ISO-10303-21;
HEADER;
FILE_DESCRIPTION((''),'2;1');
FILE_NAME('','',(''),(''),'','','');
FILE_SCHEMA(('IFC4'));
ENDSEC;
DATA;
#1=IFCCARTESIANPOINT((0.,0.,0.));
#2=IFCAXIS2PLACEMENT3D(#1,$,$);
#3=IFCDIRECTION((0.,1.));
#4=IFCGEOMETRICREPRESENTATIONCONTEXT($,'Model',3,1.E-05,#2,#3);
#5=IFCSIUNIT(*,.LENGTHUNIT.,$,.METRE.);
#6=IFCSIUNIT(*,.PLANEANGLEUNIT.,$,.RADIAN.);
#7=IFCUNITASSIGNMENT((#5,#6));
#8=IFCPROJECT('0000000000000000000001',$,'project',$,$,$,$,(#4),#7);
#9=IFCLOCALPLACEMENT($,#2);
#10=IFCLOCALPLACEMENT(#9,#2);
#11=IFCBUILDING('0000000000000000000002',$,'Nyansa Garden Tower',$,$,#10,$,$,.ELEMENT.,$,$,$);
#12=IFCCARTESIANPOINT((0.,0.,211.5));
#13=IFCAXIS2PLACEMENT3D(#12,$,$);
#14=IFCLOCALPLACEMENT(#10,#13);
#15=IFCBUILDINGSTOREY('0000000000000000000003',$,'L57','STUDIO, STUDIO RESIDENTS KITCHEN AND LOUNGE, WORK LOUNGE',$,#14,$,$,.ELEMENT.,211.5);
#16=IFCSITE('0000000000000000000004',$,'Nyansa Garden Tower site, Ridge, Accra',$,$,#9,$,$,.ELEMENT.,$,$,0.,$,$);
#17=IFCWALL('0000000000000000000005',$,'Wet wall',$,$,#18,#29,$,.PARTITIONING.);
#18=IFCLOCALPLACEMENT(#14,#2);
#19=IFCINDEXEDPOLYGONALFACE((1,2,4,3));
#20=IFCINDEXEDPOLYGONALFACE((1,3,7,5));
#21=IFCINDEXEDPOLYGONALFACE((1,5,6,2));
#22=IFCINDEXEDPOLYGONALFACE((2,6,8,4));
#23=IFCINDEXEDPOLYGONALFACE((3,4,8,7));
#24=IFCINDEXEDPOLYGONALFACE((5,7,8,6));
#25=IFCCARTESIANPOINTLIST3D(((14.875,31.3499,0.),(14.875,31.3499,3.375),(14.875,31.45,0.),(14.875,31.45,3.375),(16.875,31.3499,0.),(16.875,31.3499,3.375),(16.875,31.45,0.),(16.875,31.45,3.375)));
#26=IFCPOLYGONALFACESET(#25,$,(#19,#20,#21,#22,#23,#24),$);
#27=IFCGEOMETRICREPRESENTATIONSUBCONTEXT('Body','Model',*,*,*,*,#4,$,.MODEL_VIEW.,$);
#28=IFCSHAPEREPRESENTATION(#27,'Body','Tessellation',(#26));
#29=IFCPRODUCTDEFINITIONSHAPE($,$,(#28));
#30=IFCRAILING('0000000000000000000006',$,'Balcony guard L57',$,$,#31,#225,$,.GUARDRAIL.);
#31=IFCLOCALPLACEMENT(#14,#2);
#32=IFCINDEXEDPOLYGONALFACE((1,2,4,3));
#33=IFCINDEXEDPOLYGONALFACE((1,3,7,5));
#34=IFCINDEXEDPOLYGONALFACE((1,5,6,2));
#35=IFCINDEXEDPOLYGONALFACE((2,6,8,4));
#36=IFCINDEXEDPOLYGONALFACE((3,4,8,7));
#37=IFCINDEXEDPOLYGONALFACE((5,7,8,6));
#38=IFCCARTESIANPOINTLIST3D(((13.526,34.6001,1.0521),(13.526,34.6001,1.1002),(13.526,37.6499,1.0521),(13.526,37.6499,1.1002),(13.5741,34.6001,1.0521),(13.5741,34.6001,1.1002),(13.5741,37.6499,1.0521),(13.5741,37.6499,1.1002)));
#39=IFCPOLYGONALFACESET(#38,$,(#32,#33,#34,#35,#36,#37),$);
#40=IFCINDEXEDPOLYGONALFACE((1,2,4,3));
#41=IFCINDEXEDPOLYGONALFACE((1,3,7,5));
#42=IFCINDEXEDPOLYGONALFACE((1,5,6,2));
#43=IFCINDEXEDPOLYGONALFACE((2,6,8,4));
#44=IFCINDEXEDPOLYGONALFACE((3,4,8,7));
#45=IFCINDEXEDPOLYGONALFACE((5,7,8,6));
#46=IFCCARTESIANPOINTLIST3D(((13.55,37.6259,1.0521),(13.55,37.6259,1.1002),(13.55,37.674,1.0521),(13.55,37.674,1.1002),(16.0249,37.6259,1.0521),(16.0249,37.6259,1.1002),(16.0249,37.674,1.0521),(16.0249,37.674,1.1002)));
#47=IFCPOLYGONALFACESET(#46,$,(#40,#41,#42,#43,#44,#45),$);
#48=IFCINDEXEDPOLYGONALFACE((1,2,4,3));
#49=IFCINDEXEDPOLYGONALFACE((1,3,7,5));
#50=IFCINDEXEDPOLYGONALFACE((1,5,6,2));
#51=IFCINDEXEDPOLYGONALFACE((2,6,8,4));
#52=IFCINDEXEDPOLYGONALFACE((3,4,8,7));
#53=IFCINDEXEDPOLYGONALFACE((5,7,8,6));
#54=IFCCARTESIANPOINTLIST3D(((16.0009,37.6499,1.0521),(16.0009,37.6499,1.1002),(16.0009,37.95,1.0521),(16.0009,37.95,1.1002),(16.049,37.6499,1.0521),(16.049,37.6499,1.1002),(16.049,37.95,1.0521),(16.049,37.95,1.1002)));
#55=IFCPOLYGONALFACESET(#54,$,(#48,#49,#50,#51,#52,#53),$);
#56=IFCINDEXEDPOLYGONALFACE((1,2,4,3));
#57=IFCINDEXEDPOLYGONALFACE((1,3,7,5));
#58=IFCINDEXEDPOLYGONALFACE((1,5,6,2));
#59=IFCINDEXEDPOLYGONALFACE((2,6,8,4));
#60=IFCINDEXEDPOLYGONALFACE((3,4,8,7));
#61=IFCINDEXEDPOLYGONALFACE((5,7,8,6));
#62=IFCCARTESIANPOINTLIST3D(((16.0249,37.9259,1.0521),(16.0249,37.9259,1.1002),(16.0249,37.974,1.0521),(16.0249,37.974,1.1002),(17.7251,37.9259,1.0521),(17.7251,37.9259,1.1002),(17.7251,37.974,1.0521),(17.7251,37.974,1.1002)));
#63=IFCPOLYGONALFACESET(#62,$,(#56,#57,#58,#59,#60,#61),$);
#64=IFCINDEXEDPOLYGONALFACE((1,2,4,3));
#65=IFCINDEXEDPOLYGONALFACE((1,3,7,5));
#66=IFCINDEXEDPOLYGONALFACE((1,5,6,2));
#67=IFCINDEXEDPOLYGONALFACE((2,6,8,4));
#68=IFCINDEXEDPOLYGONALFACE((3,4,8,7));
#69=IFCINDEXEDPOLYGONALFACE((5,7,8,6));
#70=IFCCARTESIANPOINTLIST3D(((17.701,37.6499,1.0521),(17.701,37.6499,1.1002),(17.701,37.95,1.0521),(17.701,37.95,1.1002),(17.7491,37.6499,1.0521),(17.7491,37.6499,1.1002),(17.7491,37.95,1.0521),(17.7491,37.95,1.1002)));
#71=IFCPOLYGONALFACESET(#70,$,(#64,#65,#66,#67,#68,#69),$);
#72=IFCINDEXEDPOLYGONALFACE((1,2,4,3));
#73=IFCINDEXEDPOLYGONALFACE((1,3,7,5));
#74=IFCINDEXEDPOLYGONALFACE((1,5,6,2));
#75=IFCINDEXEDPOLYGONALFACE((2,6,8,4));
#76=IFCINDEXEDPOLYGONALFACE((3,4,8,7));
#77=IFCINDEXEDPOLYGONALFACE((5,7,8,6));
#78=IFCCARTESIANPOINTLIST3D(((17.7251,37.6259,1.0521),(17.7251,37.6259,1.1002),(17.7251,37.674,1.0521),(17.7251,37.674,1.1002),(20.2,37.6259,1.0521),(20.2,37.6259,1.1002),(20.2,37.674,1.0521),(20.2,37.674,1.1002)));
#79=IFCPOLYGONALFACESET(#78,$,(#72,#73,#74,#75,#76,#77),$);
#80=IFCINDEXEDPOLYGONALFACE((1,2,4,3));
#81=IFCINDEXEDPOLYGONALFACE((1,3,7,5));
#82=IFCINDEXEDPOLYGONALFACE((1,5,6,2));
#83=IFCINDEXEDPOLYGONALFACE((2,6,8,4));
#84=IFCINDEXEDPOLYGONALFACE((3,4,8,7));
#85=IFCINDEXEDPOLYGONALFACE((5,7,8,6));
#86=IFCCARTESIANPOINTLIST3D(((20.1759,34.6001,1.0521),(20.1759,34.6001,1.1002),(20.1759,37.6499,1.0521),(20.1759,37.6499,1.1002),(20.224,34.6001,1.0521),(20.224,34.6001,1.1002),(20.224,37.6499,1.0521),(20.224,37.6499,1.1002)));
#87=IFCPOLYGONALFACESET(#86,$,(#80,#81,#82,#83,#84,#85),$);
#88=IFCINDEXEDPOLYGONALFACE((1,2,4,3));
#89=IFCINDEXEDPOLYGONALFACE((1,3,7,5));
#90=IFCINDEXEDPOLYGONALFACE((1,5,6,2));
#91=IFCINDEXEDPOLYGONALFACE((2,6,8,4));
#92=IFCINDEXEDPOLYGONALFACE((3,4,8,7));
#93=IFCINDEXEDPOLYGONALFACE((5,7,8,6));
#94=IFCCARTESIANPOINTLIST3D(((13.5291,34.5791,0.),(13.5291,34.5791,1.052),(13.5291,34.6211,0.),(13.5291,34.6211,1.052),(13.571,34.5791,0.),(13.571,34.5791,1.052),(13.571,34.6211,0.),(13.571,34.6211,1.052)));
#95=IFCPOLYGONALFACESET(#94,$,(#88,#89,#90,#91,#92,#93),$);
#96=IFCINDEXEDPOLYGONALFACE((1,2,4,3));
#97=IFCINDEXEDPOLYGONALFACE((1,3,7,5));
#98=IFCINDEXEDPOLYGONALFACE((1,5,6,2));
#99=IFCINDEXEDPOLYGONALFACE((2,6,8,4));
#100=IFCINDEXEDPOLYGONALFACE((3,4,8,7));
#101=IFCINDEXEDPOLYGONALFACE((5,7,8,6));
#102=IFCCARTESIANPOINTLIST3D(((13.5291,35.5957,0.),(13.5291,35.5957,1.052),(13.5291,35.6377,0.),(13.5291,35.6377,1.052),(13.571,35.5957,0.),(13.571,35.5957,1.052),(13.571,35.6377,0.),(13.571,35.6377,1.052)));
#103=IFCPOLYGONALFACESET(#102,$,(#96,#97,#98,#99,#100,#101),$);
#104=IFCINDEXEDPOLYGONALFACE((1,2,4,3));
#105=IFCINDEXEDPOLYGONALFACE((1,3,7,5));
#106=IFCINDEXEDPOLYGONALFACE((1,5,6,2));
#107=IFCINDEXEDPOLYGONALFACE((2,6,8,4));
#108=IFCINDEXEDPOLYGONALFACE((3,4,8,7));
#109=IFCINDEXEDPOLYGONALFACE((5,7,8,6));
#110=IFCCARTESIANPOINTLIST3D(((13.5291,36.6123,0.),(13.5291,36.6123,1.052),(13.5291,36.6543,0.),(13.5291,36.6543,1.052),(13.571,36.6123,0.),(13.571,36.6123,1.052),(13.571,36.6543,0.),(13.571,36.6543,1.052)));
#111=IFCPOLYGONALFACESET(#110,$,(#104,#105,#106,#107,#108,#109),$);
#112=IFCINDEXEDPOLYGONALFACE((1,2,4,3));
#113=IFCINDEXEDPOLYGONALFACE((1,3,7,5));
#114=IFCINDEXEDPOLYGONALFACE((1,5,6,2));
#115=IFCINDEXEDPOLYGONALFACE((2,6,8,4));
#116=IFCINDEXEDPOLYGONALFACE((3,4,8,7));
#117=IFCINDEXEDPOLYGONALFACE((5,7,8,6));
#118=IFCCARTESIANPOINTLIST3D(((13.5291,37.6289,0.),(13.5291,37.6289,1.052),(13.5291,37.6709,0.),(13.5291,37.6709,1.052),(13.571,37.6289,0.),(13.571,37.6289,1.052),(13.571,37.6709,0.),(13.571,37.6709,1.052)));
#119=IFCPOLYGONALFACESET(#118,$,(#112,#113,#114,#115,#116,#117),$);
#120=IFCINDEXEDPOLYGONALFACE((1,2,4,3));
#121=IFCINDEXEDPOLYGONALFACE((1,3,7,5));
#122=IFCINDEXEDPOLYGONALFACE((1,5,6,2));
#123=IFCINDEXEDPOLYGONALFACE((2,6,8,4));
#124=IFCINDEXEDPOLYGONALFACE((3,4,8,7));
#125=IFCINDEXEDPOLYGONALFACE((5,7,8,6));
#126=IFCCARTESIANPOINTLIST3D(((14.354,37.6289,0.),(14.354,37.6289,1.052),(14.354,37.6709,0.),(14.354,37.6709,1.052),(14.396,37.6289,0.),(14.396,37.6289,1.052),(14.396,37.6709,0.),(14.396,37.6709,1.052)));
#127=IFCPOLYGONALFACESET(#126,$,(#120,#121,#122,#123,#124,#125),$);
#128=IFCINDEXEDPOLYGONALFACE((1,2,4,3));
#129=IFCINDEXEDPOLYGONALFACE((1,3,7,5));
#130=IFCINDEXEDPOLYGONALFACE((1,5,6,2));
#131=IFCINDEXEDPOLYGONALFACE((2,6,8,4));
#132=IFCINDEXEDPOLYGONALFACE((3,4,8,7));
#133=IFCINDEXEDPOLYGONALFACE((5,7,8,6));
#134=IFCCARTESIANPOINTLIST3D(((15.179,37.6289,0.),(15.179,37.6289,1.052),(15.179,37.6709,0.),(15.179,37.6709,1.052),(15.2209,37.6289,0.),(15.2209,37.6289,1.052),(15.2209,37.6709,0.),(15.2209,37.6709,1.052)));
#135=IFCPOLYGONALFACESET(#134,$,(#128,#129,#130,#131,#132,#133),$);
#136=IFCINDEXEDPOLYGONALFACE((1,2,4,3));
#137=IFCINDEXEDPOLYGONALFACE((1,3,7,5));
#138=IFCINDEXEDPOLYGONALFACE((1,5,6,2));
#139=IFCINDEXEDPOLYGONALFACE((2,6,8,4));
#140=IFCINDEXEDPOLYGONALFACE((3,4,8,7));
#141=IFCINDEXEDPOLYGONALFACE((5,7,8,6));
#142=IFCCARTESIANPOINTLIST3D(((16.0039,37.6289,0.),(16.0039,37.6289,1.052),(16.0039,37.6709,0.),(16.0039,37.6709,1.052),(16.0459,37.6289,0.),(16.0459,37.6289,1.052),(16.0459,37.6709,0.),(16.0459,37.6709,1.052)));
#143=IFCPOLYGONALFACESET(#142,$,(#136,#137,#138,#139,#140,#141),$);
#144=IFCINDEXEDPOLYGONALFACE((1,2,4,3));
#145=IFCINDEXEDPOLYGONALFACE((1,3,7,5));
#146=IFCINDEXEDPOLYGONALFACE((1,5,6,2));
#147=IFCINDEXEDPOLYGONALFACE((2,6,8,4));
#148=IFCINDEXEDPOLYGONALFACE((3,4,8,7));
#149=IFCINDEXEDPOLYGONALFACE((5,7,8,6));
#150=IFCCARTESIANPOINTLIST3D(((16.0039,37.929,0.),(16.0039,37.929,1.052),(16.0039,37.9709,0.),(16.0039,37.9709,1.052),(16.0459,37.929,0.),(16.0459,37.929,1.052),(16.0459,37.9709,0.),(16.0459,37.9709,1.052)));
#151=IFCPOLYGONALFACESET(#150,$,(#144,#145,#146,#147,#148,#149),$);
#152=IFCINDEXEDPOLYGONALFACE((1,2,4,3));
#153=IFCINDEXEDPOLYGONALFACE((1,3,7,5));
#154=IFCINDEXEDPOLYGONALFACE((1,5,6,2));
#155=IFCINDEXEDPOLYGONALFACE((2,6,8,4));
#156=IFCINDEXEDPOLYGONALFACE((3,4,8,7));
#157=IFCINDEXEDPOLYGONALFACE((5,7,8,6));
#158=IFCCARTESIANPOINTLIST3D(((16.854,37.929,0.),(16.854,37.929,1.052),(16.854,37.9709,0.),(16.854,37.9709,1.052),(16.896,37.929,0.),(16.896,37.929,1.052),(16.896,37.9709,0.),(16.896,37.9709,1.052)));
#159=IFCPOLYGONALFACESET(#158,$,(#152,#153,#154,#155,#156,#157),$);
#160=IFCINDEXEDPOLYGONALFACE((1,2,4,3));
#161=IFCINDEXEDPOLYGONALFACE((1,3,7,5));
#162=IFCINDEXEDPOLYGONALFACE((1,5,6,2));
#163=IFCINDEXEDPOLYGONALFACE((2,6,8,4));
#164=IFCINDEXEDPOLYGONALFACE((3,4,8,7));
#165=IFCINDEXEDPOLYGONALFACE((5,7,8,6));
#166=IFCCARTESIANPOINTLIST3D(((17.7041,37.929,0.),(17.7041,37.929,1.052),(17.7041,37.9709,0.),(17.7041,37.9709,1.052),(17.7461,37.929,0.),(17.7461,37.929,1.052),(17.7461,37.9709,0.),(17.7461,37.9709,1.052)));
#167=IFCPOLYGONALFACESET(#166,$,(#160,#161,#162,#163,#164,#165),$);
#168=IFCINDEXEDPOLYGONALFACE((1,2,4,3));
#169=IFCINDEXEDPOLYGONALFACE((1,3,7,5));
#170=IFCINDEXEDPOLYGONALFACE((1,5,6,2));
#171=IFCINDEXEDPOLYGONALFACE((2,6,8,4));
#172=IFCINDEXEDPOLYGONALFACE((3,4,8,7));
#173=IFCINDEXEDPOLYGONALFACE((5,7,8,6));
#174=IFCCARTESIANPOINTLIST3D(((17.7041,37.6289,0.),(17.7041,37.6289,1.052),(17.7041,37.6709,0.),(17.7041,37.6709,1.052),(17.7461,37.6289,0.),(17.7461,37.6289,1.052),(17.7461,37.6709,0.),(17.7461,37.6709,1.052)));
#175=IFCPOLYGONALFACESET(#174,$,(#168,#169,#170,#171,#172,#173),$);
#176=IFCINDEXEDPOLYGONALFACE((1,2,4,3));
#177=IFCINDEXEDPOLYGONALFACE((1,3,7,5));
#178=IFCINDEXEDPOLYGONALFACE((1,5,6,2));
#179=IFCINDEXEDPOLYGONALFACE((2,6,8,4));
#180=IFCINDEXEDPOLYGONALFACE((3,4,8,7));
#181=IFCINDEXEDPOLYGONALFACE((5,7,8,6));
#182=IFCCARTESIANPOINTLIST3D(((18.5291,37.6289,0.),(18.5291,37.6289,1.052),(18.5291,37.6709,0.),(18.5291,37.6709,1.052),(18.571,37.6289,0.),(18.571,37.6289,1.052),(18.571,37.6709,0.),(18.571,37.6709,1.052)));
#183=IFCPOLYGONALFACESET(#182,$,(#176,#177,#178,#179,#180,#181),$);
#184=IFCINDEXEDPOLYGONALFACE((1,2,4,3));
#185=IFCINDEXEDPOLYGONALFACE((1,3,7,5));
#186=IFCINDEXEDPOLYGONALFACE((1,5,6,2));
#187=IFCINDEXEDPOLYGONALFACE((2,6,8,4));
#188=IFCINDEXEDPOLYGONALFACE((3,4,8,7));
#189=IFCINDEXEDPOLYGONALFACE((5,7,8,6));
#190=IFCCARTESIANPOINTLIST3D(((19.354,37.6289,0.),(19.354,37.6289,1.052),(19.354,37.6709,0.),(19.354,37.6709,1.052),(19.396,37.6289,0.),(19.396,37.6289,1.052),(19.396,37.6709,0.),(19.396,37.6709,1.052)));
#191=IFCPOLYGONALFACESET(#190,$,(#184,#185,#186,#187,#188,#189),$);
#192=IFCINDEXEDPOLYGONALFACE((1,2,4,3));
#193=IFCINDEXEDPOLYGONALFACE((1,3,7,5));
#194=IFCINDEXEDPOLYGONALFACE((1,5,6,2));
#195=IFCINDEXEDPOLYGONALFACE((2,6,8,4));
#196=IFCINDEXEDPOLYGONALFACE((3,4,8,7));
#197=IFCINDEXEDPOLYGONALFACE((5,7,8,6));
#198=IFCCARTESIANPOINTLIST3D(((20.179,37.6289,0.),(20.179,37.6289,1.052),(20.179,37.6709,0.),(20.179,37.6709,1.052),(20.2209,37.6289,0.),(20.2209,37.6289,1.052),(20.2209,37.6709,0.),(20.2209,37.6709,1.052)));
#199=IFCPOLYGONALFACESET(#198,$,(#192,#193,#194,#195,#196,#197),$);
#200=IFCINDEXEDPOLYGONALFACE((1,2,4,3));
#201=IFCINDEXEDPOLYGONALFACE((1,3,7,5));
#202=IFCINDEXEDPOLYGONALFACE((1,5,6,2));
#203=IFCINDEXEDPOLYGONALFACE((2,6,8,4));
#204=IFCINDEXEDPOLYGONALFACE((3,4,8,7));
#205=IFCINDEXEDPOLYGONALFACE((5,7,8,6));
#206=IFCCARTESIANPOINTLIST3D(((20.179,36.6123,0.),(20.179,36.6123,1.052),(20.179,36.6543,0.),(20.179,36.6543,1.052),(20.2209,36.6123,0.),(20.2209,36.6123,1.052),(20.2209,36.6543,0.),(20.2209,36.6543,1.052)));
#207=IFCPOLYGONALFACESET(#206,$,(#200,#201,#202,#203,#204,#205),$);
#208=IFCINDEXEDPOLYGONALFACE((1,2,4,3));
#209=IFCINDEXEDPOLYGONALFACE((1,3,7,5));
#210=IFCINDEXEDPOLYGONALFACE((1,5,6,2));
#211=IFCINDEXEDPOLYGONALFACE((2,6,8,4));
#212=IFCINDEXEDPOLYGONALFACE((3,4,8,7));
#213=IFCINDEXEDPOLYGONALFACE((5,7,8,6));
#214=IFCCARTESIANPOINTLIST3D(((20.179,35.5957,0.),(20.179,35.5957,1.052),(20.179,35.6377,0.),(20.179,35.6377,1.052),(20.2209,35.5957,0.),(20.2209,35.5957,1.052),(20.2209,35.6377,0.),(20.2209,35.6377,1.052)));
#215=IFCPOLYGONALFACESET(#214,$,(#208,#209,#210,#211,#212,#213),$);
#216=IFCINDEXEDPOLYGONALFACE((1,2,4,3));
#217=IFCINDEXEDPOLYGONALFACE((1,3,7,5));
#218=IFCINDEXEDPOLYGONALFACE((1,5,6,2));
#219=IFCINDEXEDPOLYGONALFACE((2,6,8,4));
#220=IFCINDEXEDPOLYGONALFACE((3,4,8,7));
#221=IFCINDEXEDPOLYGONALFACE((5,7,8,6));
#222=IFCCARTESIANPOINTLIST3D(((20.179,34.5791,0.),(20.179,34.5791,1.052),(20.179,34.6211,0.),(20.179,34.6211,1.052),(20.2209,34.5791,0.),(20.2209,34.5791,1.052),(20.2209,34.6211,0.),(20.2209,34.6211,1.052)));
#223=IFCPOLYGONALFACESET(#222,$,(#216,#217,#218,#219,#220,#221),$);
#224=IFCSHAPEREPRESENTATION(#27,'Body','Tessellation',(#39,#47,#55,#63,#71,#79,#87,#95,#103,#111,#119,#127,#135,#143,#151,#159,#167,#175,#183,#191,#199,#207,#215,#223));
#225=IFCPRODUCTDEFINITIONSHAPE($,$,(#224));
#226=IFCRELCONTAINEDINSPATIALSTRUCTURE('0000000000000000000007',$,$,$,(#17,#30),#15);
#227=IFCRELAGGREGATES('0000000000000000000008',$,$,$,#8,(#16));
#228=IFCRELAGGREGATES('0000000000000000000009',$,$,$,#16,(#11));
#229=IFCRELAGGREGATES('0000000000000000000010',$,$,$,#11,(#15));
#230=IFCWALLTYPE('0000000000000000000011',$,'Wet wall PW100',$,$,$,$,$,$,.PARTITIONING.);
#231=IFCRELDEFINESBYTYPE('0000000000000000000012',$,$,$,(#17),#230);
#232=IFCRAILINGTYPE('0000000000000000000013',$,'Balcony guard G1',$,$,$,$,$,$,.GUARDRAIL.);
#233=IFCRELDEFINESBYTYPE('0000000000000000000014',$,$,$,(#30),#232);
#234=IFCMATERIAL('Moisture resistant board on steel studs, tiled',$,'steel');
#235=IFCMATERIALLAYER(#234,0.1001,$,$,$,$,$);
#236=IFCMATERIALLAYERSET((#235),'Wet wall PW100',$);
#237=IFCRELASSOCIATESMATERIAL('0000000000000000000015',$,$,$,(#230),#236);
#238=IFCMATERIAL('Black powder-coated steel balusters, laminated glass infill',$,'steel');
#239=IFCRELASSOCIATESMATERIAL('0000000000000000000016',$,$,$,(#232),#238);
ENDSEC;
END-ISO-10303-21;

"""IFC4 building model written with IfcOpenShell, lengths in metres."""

from ifc_helpers import new_model, si_unit, direction, frame, frame_2d, origin, origin_2d, place, context, subcontext, project, spatial, rectangle, extrude, material, layer, layer_set, type_object, element, save


model = new_model("IFC4")

# Units and contexts
model_context = context("Model", 3, precision=1e-05, world=origin(), true_north=direction((0.0, 1.0)))
body_context = subcontext(model_context, "Body", "Model", "MODEL_VIEW")
ifc_project = project(units=[si_unit("LENGTHUNIT", "METRE"), si_unit("PLANEANGLEUNIT", "RADIAN")], contexts=[model_context])

# Site, building, storey
site_placement = place(None, origin())
site = spatial("IfcSite", under=ifc_project, at=site_placement, Name="Nyansa Garden Tower site, Ridge, Accra", CompositionType="ELEMENT", RefElevation=0.0)
building_placement = place(site_placement, origin())
building = spatial("IfcBuilding", under=site, at=building_placement, Name="Nyansa Garden Tower", CompositionType="ELEMENT")
storey_placement = place(building_placement, frame((0.0, 0.0, 211.5)))
storey = spatial("IfcBuildingStorey", under=building, at=storey_placement, Name="L57", Description="STUDIO, STUDIO RESIDENTS KITCHEN AND LOUNGE, WORK LOUNGE", CompositionType="ELEMENT", Elevation=211.5)

# Shared definitions
ifc_material_1 = material(Name="Moisture resistant board on steel studs, tiled", Category="steel")
ifc_layer_1 = layer(ifc_material_1, 0.1001)
ifc_layer_set_1 = layer_set([ifc_layer_1], Name="Wet wall PW100")
wall_type_1 = type_object("IfcWallType", Name="Wet wall PW100", PredefinedType="PARTITIONING", material=ifc_layer_set_1)

# Wall
wall_1_placement = place(storey_placement, frame((14.875, 31.3999, 0.0), z_axis=(0.0, 0.0, 1.0), x_axis=(1.0, 0.0, 0.0)))
element("IfcWall", 1, at=wall_1_placement, inside=storey, type_object=wall_type_1, Name="Wet wall", PredefinedType="PARTITIONING", context=body_context, shape_type="SweptSolid", body=[
    extrude(rectangle(XDim=2.0, YDim=0.1001, at=frame_2d((1.0, 0.0))), origin(), (0.0, 0.0, 1.0), 3.375),
])

# Railing
ifc_material_2 = material(Name="Black powder-coated steel balusters, laminated glass infill", Category="steel")
railing_type = type_object("IfcRailingType", Name="Balcony guard G1", PredefinedType="GUARDRAIL", material=ifc_material_2)
railing_placement = place(storey_placement, frame((13.55, 34.6001, 0.0)))
element("IfcRailing", 2, at=railing_placement, inside=storey, type_object=railing_type, Name="Balcony guard L57", PredefinedType="GUARDRAIL", context=body_context, shape_type="SweptSolid", body=[
    extrude(rectangle(XDim=0.0481, YDim=0.0481, at=origin_2d()), frame((0.0, 0.0, 1.0762), z_axis=(0.0, 1.0, 0.0), x_axis=(-1.0, 0.0, 0.0)), (0.0, 0.0, 1.0), 3.0498),
    extrude(rectangle(XDim=0.0481, YDim=0.0481, at=origin_2d()), frame((0.0, 3.0498, 1.0762), z_axis=(1.0, 0.0, 0.0), x_axis=(0.0, 1.0, 0.0)), (0.0, 0.0, 1.0), 2.4749),
    extrude(rectangle(XDim=0.0481, YDim=0.0481, at=origin_2d()), frame((2.4749, 3.0498, 1.0762), z_axis=(0.0, 1.0, 0.0), x_axis=(-1.0, 0.0, 0.0)), (0.0, 0.0, 1.0), 0.3),
    extrude(rectangle(XDim=0.0481, YDim=0.0481, at=origin_2d()), frame((2.4749, 3.3499, 1.0762), z_axis=(1.0, 0.0, 0.0), x_axis=(0.0, 1.0, 0.0)), (0.0, 0.0, 1.0), 1.7002),
    extrude(rectangle(XDim=0.0481, YDim=0.0481, at=origin_2d()), frame((4.175, 3.3499, 1.0762), z_axis=(0.0, -1.0, 0.0), x_axis=(1.0, 0.0, 0.0)), (0.0, 0.0, 1.0), 0.3),
    extrude(rectangle(XDim=0.0481, YDim=0.0481, at=origin_2d()), frame((4.175, 3.0498, 1.0762), z_axis=(1.0, 0.0, 0.0), x_axis=(0.0, 1.0, 0.0)), (0.0, 0.0, 1.0), 2.4749),
    extrude(rectangle(XDim=0.0481, YDim=0.0481, at=origin_2d()), frame((6.6499, 3.0498, 1.0762), z_axis=(0.0, -1.0, 0.0), x_axis=(1.0, 0.0, 0.0)), (0.0, 0.0, 1.0), 3.0498),
    extrude(rectangle(XDim=0.042, YDim=0.042, at=origin_2d()), origin(), (0.0, 0.0, 1.0), 1.052),
    extrude(rectangle(XDim=0.042, YDim=0.042, at=origin_2d()), frame((0.0, 1.0166, 0.0)), (0.0, 0.0, 1.0), 1.052),
    extrude(rectangle(XDim=0.042, YDim=0.042, at=origin_2d()), frame((0.0, 2.0332, 0.0)), (0.0, 0.0, 1.0), 1.052),
    extrude(rectangle(XDim=0.042, YDim=0.042, at=origin_2d()), frame((0.0, 3.0498, 0.0)), (0.0, 0.0, 1.0), 1.052),
    extrude(rectangle(XDim=0.042, YDim=0.042, at=origin_2d()), frame((0.825, 3.0498, 0.0)), (0.0, 0.0, 1.0), 1.052),
    extrude(rectangle(XDim=0.042, YDim=0.042, at=origin_2d()), frame((1.6499, 3.0498, 0.0)), (0.0, 0.0, 1.0), 1.052),
    extrude(rectangle(XDim=0.042, YDim=0.042, at=origin_2d()), frame((2.4749, 3.0498, 0.0)), (0.0, 0.0, 1.0), 1.052),
    extrude(rectangle(XDim=0.042, YDim=0.042, at=origin_2d()), frame((2.4749, 3.3499, 0.0)), (0.0, 0.0, 1.0), 1.052),
    extrude(rectangle(XDim=0.042, YDim=0.042, at=origin_2d()), frame((3.325, 3.3499, 0.0)), (0.0, 0.0, 1.0), 1.052),
    extrude(rectangle(XDim=0.042, YDim=0.042, at=origin_2d()), frame((4.175, 3.3499, 0.0)), (0.0, 0.0, 1.0), 1.052),
    extrude(rectangle(XDim=0.042, YDim=0.042, at=origin_2d()), frame((4.175, 3.0498, 0.0)), (0.0, 0.0, 1.0), 1.052),
    extrude(rectangle(XDim=0.042, YDim=0.042, at=origin_2d()), frame((5.0, 3.0498, 0.0)), (0.0, 0.0, 1.0), 1.052),
    extrude(rectangle(XDim=0.042, YDim=0.042, at=origin_2d()), frame((5.825, 3.0498, 0.0)), (0.0, 0.0, 1.0), 1.052),
    extrude(rectangle(XDim=0.042, YDim=0.042, at=origin_2d()), frame((6.6499, 3.0498, 0.0)), (0.0, 0.0, 1.0), 1.052),
    extrude(rectangle(XDim=0.042, YDim=0.042, at=origin_2d()), frame((6.6499, 2.0332, 0.0)), (0.0, 0.0, 1.0), 1.052),
    extrude(rectangle(XDim=0.042, YDim=0.042, at=origin_2d()), frame((6.6499, 1.0166, 0.0)), (0.0, 0.0, 1.0), 1.052),
    extrude(rectangle(XDim=0.042, YDim=0.042, at=origin_2d()), frame((6.6499, 0.0, 0.0)), (0.0, 0.0, 1.0), 1.052),
])

save(model, "model.ifc")
